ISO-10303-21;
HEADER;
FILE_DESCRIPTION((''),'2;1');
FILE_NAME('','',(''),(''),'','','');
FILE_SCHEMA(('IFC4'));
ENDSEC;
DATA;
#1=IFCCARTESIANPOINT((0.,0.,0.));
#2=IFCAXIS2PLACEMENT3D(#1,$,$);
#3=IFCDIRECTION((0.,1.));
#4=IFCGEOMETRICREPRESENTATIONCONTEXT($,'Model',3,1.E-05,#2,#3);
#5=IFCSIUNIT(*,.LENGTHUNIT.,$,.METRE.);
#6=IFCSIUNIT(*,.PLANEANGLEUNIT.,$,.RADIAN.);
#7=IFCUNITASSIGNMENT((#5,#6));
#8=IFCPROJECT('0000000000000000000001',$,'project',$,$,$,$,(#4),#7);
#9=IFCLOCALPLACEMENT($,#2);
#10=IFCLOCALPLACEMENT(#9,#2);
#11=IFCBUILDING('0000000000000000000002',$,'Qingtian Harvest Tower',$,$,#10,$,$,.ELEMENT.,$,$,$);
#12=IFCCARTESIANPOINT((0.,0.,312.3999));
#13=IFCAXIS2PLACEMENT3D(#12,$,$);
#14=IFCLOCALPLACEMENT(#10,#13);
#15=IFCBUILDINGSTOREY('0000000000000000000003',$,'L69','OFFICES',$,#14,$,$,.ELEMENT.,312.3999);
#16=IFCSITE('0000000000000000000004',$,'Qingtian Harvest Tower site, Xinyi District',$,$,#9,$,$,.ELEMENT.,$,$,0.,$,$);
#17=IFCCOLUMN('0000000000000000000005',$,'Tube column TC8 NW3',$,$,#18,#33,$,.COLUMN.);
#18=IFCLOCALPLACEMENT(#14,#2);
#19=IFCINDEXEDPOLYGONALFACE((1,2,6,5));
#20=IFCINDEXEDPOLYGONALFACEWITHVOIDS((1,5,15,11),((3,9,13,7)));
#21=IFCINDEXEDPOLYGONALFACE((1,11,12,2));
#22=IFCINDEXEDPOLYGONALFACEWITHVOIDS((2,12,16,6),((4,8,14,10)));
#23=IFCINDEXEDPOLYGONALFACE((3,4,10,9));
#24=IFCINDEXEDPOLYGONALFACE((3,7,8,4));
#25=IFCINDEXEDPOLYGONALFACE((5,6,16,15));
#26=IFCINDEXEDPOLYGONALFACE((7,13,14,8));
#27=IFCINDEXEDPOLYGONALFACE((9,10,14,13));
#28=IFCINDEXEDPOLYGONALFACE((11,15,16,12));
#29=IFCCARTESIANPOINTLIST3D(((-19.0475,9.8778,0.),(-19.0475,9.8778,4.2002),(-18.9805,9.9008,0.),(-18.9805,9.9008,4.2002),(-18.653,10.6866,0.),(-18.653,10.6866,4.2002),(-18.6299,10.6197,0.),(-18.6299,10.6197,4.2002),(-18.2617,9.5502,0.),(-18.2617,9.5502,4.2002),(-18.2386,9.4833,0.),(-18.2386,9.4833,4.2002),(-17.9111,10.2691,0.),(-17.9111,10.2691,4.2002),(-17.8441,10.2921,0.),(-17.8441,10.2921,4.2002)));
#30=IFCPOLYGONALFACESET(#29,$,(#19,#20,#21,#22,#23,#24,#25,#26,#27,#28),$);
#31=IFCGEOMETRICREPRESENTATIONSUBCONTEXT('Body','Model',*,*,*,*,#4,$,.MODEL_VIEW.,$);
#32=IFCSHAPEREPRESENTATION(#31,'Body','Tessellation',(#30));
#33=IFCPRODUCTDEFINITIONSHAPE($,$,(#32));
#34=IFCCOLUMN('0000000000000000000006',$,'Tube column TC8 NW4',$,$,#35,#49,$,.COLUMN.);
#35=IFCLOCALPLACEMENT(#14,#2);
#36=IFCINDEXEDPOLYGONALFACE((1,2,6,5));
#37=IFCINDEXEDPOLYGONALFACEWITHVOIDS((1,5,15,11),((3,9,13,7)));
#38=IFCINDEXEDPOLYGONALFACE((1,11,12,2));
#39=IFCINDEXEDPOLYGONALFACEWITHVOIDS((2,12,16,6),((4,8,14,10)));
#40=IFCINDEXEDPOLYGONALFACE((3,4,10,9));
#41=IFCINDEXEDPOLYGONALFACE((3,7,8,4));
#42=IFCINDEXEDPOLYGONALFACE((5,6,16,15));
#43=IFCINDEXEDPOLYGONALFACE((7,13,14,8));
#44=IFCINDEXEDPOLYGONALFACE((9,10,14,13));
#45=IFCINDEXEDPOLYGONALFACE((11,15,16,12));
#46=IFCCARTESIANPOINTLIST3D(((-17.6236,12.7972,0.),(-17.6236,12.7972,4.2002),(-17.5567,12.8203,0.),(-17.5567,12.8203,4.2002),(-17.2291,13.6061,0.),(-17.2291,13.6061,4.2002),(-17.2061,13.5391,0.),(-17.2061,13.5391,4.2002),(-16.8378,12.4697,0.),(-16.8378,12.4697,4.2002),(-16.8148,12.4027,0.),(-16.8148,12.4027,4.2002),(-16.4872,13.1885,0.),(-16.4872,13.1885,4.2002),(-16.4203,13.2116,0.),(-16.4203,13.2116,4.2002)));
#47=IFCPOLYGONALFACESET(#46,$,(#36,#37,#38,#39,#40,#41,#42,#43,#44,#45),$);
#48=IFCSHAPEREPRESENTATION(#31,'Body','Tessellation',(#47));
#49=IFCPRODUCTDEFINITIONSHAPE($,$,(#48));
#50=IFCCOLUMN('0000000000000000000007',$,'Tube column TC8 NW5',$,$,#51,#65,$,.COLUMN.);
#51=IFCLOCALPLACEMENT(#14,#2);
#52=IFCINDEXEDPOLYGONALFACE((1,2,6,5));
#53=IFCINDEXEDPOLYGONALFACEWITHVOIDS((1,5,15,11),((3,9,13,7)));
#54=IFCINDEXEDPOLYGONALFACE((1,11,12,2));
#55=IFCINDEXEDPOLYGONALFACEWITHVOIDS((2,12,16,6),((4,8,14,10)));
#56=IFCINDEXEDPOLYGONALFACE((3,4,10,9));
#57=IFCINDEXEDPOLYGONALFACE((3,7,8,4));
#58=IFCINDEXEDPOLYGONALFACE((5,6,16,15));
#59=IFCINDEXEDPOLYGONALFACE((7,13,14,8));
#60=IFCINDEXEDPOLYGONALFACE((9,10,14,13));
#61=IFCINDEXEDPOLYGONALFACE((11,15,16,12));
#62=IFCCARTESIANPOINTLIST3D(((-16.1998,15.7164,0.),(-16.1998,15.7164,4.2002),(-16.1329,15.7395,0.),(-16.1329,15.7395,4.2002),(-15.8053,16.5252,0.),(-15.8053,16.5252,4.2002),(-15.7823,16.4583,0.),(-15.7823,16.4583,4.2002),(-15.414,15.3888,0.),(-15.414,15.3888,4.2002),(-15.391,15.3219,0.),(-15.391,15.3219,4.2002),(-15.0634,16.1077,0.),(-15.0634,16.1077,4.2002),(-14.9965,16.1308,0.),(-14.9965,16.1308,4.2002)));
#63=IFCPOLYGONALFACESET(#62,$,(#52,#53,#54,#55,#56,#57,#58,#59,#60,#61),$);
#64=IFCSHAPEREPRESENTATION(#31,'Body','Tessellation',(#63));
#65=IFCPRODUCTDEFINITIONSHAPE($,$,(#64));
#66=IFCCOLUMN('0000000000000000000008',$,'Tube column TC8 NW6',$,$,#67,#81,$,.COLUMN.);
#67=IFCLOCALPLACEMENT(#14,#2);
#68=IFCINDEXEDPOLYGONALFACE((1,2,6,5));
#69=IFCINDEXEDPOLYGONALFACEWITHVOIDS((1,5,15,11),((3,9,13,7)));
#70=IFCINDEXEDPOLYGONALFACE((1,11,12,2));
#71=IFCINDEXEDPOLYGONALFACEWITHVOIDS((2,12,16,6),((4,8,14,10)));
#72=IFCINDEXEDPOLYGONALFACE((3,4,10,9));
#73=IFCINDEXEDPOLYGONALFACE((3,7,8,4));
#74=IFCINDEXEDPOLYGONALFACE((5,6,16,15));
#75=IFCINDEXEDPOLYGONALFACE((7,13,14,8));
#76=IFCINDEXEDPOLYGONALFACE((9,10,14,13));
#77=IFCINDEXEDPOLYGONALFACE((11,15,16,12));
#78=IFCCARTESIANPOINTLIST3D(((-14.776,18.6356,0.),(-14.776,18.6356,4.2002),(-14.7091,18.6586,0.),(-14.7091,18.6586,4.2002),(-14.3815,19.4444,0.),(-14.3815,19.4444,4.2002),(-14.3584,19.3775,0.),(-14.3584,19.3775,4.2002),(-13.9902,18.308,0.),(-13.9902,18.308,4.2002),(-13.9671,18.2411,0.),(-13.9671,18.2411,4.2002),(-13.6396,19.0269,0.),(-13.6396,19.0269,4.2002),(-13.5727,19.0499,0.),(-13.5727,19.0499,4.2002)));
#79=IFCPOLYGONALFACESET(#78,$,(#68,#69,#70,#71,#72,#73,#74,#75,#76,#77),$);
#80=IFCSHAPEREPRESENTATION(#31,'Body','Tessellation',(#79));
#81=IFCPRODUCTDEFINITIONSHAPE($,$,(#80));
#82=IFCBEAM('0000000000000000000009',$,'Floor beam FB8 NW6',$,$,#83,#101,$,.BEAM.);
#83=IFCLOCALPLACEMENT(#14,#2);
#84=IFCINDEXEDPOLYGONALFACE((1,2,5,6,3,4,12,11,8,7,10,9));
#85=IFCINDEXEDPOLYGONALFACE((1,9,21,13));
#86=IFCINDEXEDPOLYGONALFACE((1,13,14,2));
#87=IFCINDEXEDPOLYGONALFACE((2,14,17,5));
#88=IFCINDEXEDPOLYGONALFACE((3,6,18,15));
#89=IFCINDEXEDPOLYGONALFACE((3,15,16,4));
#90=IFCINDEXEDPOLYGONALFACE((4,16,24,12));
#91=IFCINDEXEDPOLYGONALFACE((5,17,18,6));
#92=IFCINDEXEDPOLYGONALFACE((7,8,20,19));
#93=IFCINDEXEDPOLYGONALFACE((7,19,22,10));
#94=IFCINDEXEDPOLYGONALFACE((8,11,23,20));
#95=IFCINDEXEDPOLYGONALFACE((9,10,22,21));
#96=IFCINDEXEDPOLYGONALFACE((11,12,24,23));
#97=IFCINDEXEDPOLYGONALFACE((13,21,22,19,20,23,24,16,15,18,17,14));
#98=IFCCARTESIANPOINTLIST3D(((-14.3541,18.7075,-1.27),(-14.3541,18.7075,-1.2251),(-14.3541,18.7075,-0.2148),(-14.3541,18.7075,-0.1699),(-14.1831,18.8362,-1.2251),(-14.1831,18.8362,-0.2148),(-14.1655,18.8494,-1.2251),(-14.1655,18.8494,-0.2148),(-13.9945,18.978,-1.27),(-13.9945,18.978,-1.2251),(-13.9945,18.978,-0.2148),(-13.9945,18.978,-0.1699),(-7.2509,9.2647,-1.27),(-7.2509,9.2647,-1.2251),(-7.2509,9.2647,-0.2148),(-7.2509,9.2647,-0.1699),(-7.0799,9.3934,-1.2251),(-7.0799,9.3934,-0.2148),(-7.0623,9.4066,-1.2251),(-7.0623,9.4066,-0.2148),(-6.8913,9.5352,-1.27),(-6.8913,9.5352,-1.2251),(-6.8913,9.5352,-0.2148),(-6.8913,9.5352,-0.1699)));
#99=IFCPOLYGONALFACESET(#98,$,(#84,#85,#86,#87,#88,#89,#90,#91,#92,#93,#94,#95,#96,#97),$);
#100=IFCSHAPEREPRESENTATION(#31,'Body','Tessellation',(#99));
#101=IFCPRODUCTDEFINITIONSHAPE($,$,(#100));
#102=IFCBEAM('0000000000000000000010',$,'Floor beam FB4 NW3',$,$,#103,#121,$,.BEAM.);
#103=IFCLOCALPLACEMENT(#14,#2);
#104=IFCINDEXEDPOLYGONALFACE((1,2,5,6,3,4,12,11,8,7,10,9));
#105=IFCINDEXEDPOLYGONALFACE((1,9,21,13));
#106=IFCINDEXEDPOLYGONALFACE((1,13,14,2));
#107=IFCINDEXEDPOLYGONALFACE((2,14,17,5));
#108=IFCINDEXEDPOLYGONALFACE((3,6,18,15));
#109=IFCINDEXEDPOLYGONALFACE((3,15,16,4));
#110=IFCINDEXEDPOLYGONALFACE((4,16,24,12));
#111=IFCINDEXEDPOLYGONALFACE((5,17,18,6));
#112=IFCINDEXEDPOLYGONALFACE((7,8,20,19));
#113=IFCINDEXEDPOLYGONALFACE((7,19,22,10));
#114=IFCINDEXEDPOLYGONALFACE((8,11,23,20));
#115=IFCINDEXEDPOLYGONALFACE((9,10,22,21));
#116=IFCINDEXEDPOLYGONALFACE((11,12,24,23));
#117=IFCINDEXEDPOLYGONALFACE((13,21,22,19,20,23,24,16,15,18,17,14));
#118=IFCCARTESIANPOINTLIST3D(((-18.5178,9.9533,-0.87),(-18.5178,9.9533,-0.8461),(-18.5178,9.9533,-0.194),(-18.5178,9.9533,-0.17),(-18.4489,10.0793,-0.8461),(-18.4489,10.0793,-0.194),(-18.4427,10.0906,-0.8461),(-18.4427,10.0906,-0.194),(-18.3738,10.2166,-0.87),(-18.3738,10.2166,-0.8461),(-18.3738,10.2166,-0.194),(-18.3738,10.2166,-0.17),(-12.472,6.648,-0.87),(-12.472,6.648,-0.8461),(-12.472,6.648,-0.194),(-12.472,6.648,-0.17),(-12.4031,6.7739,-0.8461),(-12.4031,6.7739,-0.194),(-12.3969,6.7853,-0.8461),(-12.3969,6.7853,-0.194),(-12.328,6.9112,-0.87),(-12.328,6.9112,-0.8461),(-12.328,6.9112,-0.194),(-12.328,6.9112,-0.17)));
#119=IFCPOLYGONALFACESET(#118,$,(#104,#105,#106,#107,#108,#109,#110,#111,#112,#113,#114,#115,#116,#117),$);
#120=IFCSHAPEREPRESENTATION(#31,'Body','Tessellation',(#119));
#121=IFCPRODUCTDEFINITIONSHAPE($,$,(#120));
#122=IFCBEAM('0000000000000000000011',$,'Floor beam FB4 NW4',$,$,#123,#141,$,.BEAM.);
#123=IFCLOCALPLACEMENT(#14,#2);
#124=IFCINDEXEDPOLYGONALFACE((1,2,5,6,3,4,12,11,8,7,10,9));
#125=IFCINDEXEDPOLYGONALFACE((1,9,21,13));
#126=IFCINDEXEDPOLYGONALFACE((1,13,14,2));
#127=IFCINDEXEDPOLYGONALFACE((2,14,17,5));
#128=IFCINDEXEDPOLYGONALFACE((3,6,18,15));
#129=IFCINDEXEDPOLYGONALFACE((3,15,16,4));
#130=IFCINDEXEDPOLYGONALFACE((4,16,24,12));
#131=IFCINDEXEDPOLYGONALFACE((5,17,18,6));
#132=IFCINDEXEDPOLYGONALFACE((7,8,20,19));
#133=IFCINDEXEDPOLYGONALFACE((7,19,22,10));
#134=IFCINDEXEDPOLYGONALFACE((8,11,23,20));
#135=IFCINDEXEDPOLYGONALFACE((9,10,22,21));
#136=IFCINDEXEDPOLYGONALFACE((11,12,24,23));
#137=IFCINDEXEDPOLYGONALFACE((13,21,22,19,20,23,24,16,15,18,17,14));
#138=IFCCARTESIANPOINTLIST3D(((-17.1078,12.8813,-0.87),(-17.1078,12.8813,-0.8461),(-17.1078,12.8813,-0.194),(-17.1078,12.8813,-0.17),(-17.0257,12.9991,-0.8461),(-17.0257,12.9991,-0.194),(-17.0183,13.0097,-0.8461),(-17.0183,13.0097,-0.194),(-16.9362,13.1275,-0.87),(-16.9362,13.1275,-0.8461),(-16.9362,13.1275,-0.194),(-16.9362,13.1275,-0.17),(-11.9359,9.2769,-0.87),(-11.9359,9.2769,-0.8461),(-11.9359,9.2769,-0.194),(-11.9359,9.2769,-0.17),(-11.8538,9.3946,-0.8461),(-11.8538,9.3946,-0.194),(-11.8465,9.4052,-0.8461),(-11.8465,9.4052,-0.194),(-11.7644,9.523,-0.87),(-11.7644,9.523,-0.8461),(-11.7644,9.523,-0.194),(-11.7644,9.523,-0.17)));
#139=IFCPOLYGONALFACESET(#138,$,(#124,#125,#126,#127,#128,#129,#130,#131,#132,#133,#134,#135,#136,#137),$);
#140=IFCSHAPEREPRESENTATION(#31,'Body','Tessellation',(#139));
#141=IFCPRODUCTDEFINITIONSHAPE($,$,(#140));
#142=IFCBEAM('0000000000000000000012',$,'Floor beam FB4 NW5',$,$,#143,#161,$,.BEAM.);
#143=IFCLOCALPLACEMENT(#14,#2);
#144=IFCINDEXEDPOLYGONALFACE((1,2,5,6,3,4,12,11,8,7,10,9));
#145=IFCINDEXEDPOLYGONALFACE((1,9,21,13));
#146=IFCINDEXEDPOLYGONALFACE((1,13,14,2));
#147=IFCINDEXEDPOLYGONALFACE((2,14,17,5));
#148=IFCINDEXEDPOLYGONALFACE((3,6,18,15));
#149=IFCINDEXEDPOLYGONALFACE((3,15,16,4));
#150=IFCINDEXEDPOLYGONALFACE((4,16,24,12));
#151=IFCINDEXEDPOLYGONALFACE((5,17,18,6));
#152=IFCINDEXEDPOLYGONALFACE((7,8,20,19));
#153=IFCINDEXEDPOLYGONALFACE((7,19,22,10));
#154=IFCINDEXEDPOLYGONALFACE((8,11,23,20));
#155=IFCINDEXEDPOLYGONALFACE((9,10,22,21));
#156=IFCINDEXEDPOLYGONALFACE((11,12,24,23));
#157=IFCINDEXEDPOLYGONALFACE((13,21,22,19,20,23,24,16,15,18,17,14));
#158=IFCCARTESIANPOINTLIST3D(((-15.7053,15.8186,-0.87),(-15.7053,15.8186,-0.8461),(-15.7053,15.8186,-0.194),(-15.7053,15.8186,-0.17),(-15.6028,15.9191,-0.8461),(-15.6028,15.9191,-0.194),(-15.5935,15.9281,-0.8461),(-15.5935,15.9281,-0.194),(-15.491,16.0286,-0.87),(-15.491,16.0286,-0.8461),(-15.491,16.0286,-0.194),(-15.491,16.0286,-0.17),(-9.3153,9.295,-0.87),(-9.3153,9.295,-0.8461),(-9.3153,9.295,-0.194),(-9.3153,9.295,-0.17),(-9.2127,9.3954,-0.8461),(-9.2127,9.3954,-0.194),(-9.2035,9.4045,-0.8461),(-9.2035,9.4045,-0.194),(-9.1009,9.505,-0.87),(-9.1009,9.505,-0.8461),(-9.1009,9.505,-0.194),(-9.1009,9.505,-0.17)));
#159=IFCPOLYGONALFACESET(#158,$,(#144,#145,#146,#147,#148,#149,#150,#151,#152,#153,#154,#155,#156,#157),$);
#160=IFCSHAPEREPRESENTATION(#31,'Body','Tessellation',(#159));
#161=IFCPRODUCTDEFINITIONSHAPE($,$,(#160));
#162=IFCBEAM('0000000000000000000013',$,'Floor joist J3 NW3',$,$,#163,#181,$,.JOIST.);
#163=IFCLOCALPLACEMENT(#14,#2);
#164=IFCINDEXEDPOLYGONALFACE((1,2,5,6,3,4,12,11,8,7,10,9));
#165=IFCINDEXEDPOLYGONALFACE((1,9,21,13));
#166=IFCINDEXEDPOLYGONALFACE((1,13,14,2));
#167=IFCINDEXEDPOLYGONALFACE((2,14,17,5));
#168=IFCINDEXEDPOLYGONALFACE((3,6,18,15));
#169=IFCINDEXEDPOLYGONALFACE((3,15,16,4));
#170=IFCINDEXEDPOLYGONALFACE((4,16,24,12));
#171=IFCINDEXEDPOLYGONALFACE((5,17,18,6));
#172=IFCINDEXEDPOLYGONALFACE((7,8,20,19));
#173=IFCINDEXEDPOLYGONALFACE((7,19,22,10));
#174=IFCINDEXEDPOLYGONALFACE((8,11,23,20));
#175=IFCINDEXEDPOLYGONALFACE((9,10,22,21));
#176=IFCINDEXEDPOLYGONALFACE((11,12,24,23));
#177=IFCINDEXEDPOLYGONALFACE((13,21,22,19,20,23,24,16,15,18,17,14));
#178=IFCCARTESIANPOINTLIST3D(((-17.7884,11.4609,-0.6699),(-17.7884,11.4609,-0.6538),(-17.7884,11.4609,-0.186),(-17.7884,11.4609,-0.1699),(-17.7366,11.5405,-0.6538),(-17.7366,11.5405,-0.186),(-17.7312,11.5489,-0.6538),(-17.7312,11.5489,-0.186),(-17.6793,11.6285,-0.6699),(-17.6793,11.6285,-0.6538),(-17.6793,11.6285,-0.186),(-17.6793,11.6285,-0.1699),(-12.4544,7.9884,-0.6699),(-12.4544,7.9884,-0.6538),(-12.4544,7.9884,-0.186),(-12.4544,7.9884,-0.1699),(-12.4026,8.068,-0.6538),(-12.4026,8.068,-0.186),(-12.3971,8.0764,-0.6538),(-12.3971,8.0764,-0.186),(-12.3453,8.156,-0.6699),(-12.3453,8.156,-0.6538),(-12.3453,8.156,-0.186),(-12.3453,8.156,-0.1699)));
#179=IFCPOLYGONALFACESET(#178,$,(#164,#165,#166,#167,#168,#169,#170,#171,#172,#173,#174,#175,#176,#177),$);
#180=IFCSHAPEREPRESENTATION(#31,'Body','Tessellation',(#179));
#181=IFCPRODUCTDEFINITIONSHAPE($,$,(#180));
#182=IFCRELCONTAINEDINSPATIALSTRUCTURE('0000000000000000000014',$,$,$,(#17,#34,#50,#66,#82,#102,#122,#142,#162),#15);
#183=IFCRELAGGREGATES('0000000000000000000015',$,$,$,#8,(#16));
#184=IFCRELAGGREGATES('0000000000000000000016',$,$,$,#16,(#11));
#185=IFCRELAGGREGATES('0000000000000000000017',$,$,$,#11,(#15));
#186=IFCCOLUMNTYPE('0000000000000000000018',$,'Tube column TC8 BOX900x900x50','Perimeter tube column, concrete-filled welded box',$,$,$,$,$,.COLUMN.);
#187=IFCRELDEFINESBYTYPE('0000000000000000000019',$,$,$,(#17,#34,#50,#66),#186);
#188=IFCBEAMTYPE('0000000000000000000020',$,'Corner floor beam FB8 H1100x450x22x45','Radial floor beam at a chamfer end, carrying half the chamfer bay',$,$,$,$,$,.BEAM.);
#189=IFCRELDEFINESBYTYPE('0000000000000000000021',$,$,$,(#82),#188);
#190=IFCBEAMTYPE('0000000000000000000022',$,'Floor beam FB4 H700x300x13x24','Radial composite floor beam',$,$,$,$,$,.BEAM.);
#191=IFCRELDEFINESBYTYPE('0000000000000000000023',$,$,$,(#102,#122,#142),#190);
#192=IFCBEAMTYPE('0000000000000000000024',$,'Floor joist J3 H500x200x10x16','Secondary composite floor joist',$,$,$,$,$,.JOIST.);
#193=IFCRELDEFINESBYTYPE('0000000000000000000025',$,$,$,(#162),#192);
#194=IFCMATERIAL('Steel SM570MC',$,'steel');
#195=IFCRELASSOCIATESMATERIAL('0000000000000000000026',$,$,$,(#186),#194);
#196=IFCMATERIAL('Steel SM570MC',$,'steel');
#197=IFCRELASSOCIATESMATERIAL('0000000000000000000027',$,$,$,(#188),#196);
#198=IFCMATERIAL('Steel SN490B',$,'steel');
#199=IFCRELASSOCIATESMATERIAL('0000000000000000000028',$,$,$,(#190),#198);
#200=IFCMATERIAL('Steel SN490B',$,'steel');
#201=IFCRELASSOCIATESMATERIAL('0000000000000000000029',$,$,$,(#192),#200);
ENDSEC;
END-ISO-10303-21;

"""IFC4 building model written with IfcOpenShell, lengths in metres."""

from ifc_helpers import new_model, si_unit, direction, frame, origin, origin_2d, place, context, subcontext, project, spatial, hollow_rectangle, i_section, extrude, material, material_profile, profile_set, type_object, element, save


model = new_model("IFC4")

# Units and contexts
model_context = context("Model", 3, precision=1e-05, world=origin(), true_north=direction((0.0, 1.0)))
body_context = subcontext(model_context, "Body", "Model", "MODEL_VIEW")
ifc_project = project(units=[si_unit("LENGTHUNIT", "METRE"), si_unit("PLANEANGLEUNIT", "RADIAN")], contexts=[model_context])

# Site, building, storey
site_placement = place(None, origin())
site = spatial("IfcSite", under=ifc_project, at=site_placement, Name="Qingtian Harvest Tower site, Xinyi District", CompositionType="ELEMENT", RefElevation=0.0)
building_placement = place(site_placement, origin())
building = spatial("IfcBuilding", under=site, at=building_placement, Name="Qingtian Harvest Tower", CompositionType="ELEMENT")
storey_placement = place(building_placement, frame((0.0, 0.0, 312.3999)))
storey = spatial("IfcBuildingStorey", under=building, at=storey_placement, Name="L69", Description="OFFICES", CompositionType="ELEMENT", Elevation=312.3999)

# Columns
ifc_material_1 = material(Name="Steel SM570MC", Category="steel")
ifc_material_profile_1 = material_profile(ifc_material_1, hollow_rectangle(XDim=0.8999, YDim=0.8999, WallThickness=0.05, at=origin_2d()), Name="BOX900x900x50")
ifc_profile_set_1 = profile_set([ifc_material_profile_1], Name="Steel SM570MC")
column_type = type_object("IfcColumnType", Name="Tube column TC8 BOX900x900x50", Description="Perimeter tube column, concrete-filled welded box", PredefinedType="COLUMN", material=ifc_profile_set_1)
for number, where, z_axis, x_axis, name in (
    (1, (-18.4458, 10.085, 0.0), (0.0, 0.0, 1.0), (-0.438371, -0.898794, 0.0), "Tube column TC8 NW3"),
    (2, (-17.022, 13.0044, 0.0), (0.0, 0.0, 1.0), (-0.438371, -0.898794, 0.0), "Tube column TC8 NW4"),
    (3, (-15.5981, 15.9236, 0.0), (0.0, 0.0, 1.0), (-0.438371, -0.898794, 0.0), "Tube column TC8 NW5"),
    (4, (-14.1743, 18.8428, 0.0), (0.0, 0.0, 1.0), (-0.438371, -0.898794, 0.0), "Tube column TC8 NW6"),
):
    element("IfcColumn", number, at=place(storey_placement, frame(where, z_axis=z_axis, x_axis=x_axis)), inside=storey, type_object=column_type, Name=name, PredefinedType="COLUMN", context=body_context, shape_type="SweptSolid", body=[
        extrude(hollow_rectangle(XDim=0.8999, YDim=0.8999, WallThickness=0.05, at=origin_2d()), origin(), (0.0, 0.0, 1.0), 4.2002),
    ])

# Beams
ifc_material_2 = material(Name="Steel SM570MC", Category="steel")
ifc_material_profile_2 = material_profile(ifc_material_2, i_section(OverallWidth=0.45, OverallDepth=1.1001, WebThickness=0.022, FlangeThickness=0.0449, at=origin_2d()), Name="H1100x450x22x45")
ifc_profile_set_2 = profile_set([ifc_material_profile_2], Name="Steel SM570MC")
beam_type_1 = type_object("IfcBeamType", Name="Corner floor beam FB8 H1100x450x22x45", Description="Radial floor beam at a chamfer end, carrying half the chamfer bay", PredefinedType="BEAM", material=ifc_profile_set_2)
beam_1_placement = place(storey_placement, frame((-14.1743, 18.8428, -0.72), z_axis=(0.601143, -0.799141, 0.0), x_axis=(0.799141, 0.601143, 0.0)))
element("IfcBeam", 5, at=beam_1_placement, inside=storey, type_object=beam_type_1, Name="Floor beam FB8 NW6", PredefinedType="BEAM", context=body_context, shape_type="SweptSolid", body=[
    extrude(i_section(OverallWidth=0.45, OverallDepth=1.1001, WebThickness=0.022, FlangeThickness=0.0449, at=origin_2d()), origin(), (0.0, 0.0, 1.0), 11.8162),
])
ifc_material_3 = material(Name="Steel SN490B", Category="steel")
ifc_material_profile_3 = material_profile(ifc_material_3, i_section(OverallWidth=0.3, OverallDepth=0.7, WebThickness=0.0129, FlangeThickness=0.0239, at=origin_2d()), Name="H700x300x13x24")
ifc_profile_set_3 = profile_set([ifc_material_profile_3], Name="Steel SN490B")
beam_type_2 = type_object("IfcBeamType", Name="Floor beam FB4 H700x300x13x24", Description="Radial composite floor beam", PredefinedType="BEAM", material=ifc_profile_set_3)
beam_2_placement = place(storey_placement, frame((-18.4458, 10.085, -0.52), z_axis=(0.877428, -0.479708, 0.0), x_axis=(0.479708, 0.877428, 0.0)))
element("IfcBeam", 6, at=beam_2_placement, inside=storey, type_object=beam_type_2, Name="Floor beam FB4 NW3", PredefinedType="BEAM", context=body_context, shape_type="SweptSolid", body=[
    extrude(i_section(OverallWidth=0.3, OverallDepth=0.7, WebThickness=0.0129, FlangeThickness=0.0239, at=origin_2d()), origin(), (0.0, 0.0, 1.0), 6.8904),
])
beam_3_placement = place(storey_placement, frame((-17.022, 13.0044, -0.52), z_axis=(0.820409, -0.571777, 0.0), x_axis=(0.571777, 0.820409, 0.0)))
element("IfcBeam", 7, at=beam_3_placement, inside=storey, type_object=beam_type_2, Name="Floor beam FB4 NW4", PredefinedType="BEAM", context=body_context, shape_type="SweptSolid", body=[
    extrude(i_section(OverallWidth=0.3, OverallDepth=0.7, WebThickness=0.0129, FlangeThickness=0.0239, at=origin_2d()), origin(), (0.0, 0.0, 1.0), 6.304),
])
beam_4_placement = place(storey_placement, frame((-15.5981, 15.9236, -0.52), z_axis=(0.699757, -0.714381, 0.0), x_axis=(0.714381, 0.699757, 0.0)))
element("IfcBeam", 8, at=beam_4_placement, inside=storey, type_object=beam_type_2, Name="Floor beam FB4 NW5", PredefinedType="BEAM", context=body_context, shape_type="SweptSolid", body=[
    extrude(i_section(OverallWidth=0.3, OverallDepth=0.7, WebThickness=0.0129, FlangeThickness=0.0239, at=origin_2d()), origin(), (0.0, 0.0, 1.0), 9.1318),
])
ifc_material_4 = material(Name="Steel SN490B", Category="steel")
ifc_material_profile_4 = material_profile(ifc_material_4, i_section(OverallWidth=0.2, OverallDepth=0.5, WebThickness=0.01, FlangeThickness=0.0161, at=origin_2d()), Name="H500x200x10x16")
ifc_profile_set_4 = profile_set([ifc_material_profile_4], Name="Steel SN490B")
beam_type_3 = type_object("IfcBeamType", Name="Floor joist J3 H500x200x10x16", Description="Secondary composite floor joist", PredefinedType="JOIST", material=ifc_profile_set_4)
beam_5_placement = place(storey_placement, frame((-17.7339, 11.5447, -0.4199), z_axis=(0.838061, -0.545576, 0.0), x_axis=(0.545576, 0.838061, 0.0)))
element("IfcBeam", 9, at=beam_5_placement, inside=storey, type_object=beam_type_3, Name="Floor joist J3 NW3", PredefinedType="JOIST", context=body_context, shape_type="SweptSolid", body=[
    extrude(i_section(OverallWidth=0.2, OverallDepth=0.5, WebThickness=0.01, FlangeThickness=0.0161, at=origin_2d()), origin(), (0.0, 0.0, 1.0), 6.3647),
])

save(model, "model.ifc")
